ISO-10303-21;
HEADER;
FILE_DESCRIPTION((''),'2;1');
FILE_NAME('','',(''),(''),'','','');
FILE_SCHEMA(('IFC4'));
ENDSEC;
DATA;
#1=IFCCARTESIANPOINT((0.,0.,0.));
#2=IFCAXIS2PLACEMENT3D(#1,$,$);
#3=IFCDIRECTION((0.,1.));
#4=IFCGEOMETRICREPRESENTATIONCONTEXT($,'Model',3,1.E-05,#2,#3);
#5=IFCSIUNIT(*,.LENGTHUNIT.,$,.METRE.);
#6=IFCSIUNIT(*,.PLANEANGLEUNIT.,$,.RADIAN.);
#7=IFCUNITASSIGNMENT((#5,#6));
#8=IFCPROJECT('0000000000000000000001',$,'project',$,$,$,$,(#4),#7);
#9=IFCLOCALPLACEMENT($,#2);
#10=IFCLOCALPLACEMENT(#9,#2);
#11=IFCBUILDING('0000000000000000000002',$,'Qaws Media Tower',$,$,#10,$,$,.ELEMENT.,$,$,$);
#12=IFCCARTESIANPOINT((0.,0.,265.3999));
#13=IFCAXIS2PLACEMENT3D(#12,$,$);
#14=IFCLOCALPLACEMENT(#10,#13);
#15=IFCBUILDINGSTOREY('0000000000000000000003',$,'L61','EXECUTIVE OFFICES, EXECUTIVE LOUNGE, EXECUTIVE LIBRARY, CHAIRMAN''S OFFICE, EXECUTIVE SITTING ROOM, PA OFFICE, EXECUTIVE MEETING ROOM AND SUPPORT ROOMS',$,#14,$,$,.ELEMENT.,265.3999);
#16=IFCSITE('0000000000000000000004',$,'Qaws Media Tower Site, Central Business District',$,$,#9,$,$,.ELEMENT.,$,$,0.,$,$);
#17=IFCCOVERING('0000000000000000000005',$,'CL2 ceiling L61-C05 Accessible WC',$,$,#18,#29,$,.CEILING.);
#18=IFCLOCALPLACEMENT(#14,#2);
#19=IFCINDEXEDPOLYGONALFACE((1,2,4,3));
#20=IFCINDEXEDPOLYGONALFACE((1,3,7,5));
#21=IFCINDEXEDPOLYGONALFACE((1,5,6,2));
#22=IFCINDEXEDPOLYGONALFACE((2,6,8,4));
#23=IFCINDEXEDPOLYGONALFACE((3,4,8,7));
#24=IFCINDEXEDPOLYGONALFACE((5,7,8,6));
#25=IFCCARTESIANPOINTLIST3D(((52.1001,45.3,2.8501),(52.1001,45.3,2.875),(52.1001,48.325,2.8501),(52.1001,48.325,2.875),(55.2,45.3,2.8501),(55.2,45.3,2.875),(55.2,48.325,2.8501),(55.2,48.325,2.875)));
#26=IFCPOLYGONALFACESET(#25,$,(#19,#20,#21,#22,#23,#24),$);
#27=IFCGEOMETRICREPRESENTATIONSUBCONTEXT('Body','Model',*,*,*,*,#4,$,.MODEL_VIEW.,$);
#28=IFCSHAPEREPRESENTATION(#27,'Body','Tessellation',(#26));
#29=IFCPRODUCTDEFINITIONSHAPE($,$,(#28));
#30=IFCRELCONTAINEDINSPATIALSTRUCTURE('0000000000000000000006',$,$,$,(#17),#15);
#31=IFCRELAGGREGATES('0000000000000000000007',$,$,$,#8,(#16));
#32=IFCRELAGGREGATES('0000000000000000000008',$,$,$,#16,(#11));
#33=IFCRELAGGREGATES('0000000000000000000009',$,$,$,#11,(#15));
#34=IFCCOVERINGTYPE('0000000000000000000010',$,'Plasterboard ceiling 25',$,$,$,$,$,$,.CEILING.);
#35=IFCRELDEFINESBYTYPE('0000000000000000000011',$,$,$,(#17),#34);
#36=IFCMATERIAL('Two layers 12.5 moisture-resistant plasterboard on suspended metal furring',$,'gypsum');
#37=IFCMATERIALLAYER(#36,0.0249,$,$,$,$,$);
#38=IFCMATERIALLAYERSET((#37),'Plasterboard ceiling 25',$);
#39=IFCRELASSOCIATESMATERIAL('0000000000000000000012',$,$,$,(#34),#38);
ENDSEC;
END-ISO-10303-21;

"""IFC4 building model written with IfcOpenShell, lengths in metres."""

from ifc_helpers import new_model, si_unit, direction, frame, origin, place, context, subcontext, project, spatial, polyline, outline, extrude, material, layer, layer_set, type_object, element, save


model = new_model("IFC4")

# Units and contexts
model_context = context("Model", 3, precision=1e-05, world=origin(), true_north=direction((0.0, 1.0)))
body_context = subcontext(model_context, "Body", "Model", "MODEL_VIEW")
ifc_project = project(units=[si_unit("LENGTHUNIT", "METRE"), si_unit("PLANEANGLEUNIT", "RADIAN")], contexts=[model_context])

# Site, building, storey
site_placement = place(None, origin())
site = spatial("IfcSite", under=ifc_project, at=site_placement, Name="Qaws Media Tower Site, Central Business District", CompositionType="ELEMENT", RefElevation=0.0)
building_placement = place(site_placement, origin())
building = spatial("IfcBuilding", under=site, at=building_placement, Name="Qaws Media Tower", CompositionType="ELEMENT")
storey_placement = place(building_placement, frame((0.0, 0.0, 265.3999)))
storey = spatial("IfcBuildingStorey", under=building, at=storey_placement, Name="L61", Description="EXECUTIVE OFFICES, EXECUTIVE LOUNGE, EXECUTIVE LIBRARY, CHAIRMAN'S OFFICE, EXECUTIVE SITTING ROOM, PA OFFICE, EXECUTIVE MEETING ROOM AND SUPPORT ROOMS", CompositionType="ELEMENT", Elevation=265.3999)

# Covering
ifc_material_1 = material(Name="Two layers 12.5 moisture-resistant plasterboard on suspended metal furring", Category="gypsum")
ifc_layer_1 = layer(ifc_material_1, 0.0249)
ifc_layer_set_1 = layer_set([ifc_layer_1], Name="Plasterboard ceiling 25")
covering_type_1 = type_object("IfcCoveringType", Name="Plasterboard ceiling 25", PredefinedType="CEILING", material=ifc_layer_set_1)
covering_1_placement = place(storey_placement, frame((0.0, 0.0, 2.8501)))
element("IfcCovering", 1, at=covering_1_placement, inside=storey, type_object=covering_type_1, Name="CL2 ceiling L61-C05 Accessible WC", PredefinedType="CEILING", context=body_context, shape_type="SweptSolid", body=[
    extrude(outline(polyline([(52.1001, 45.3), (52.1001, 48.325), (55.2, 48.325), (55.2, 45.3), (52.1001, 45.3)])), origin(), (0.0, 0.0, 1.0), 0.0249),
])

save(model, "model.ifc")
